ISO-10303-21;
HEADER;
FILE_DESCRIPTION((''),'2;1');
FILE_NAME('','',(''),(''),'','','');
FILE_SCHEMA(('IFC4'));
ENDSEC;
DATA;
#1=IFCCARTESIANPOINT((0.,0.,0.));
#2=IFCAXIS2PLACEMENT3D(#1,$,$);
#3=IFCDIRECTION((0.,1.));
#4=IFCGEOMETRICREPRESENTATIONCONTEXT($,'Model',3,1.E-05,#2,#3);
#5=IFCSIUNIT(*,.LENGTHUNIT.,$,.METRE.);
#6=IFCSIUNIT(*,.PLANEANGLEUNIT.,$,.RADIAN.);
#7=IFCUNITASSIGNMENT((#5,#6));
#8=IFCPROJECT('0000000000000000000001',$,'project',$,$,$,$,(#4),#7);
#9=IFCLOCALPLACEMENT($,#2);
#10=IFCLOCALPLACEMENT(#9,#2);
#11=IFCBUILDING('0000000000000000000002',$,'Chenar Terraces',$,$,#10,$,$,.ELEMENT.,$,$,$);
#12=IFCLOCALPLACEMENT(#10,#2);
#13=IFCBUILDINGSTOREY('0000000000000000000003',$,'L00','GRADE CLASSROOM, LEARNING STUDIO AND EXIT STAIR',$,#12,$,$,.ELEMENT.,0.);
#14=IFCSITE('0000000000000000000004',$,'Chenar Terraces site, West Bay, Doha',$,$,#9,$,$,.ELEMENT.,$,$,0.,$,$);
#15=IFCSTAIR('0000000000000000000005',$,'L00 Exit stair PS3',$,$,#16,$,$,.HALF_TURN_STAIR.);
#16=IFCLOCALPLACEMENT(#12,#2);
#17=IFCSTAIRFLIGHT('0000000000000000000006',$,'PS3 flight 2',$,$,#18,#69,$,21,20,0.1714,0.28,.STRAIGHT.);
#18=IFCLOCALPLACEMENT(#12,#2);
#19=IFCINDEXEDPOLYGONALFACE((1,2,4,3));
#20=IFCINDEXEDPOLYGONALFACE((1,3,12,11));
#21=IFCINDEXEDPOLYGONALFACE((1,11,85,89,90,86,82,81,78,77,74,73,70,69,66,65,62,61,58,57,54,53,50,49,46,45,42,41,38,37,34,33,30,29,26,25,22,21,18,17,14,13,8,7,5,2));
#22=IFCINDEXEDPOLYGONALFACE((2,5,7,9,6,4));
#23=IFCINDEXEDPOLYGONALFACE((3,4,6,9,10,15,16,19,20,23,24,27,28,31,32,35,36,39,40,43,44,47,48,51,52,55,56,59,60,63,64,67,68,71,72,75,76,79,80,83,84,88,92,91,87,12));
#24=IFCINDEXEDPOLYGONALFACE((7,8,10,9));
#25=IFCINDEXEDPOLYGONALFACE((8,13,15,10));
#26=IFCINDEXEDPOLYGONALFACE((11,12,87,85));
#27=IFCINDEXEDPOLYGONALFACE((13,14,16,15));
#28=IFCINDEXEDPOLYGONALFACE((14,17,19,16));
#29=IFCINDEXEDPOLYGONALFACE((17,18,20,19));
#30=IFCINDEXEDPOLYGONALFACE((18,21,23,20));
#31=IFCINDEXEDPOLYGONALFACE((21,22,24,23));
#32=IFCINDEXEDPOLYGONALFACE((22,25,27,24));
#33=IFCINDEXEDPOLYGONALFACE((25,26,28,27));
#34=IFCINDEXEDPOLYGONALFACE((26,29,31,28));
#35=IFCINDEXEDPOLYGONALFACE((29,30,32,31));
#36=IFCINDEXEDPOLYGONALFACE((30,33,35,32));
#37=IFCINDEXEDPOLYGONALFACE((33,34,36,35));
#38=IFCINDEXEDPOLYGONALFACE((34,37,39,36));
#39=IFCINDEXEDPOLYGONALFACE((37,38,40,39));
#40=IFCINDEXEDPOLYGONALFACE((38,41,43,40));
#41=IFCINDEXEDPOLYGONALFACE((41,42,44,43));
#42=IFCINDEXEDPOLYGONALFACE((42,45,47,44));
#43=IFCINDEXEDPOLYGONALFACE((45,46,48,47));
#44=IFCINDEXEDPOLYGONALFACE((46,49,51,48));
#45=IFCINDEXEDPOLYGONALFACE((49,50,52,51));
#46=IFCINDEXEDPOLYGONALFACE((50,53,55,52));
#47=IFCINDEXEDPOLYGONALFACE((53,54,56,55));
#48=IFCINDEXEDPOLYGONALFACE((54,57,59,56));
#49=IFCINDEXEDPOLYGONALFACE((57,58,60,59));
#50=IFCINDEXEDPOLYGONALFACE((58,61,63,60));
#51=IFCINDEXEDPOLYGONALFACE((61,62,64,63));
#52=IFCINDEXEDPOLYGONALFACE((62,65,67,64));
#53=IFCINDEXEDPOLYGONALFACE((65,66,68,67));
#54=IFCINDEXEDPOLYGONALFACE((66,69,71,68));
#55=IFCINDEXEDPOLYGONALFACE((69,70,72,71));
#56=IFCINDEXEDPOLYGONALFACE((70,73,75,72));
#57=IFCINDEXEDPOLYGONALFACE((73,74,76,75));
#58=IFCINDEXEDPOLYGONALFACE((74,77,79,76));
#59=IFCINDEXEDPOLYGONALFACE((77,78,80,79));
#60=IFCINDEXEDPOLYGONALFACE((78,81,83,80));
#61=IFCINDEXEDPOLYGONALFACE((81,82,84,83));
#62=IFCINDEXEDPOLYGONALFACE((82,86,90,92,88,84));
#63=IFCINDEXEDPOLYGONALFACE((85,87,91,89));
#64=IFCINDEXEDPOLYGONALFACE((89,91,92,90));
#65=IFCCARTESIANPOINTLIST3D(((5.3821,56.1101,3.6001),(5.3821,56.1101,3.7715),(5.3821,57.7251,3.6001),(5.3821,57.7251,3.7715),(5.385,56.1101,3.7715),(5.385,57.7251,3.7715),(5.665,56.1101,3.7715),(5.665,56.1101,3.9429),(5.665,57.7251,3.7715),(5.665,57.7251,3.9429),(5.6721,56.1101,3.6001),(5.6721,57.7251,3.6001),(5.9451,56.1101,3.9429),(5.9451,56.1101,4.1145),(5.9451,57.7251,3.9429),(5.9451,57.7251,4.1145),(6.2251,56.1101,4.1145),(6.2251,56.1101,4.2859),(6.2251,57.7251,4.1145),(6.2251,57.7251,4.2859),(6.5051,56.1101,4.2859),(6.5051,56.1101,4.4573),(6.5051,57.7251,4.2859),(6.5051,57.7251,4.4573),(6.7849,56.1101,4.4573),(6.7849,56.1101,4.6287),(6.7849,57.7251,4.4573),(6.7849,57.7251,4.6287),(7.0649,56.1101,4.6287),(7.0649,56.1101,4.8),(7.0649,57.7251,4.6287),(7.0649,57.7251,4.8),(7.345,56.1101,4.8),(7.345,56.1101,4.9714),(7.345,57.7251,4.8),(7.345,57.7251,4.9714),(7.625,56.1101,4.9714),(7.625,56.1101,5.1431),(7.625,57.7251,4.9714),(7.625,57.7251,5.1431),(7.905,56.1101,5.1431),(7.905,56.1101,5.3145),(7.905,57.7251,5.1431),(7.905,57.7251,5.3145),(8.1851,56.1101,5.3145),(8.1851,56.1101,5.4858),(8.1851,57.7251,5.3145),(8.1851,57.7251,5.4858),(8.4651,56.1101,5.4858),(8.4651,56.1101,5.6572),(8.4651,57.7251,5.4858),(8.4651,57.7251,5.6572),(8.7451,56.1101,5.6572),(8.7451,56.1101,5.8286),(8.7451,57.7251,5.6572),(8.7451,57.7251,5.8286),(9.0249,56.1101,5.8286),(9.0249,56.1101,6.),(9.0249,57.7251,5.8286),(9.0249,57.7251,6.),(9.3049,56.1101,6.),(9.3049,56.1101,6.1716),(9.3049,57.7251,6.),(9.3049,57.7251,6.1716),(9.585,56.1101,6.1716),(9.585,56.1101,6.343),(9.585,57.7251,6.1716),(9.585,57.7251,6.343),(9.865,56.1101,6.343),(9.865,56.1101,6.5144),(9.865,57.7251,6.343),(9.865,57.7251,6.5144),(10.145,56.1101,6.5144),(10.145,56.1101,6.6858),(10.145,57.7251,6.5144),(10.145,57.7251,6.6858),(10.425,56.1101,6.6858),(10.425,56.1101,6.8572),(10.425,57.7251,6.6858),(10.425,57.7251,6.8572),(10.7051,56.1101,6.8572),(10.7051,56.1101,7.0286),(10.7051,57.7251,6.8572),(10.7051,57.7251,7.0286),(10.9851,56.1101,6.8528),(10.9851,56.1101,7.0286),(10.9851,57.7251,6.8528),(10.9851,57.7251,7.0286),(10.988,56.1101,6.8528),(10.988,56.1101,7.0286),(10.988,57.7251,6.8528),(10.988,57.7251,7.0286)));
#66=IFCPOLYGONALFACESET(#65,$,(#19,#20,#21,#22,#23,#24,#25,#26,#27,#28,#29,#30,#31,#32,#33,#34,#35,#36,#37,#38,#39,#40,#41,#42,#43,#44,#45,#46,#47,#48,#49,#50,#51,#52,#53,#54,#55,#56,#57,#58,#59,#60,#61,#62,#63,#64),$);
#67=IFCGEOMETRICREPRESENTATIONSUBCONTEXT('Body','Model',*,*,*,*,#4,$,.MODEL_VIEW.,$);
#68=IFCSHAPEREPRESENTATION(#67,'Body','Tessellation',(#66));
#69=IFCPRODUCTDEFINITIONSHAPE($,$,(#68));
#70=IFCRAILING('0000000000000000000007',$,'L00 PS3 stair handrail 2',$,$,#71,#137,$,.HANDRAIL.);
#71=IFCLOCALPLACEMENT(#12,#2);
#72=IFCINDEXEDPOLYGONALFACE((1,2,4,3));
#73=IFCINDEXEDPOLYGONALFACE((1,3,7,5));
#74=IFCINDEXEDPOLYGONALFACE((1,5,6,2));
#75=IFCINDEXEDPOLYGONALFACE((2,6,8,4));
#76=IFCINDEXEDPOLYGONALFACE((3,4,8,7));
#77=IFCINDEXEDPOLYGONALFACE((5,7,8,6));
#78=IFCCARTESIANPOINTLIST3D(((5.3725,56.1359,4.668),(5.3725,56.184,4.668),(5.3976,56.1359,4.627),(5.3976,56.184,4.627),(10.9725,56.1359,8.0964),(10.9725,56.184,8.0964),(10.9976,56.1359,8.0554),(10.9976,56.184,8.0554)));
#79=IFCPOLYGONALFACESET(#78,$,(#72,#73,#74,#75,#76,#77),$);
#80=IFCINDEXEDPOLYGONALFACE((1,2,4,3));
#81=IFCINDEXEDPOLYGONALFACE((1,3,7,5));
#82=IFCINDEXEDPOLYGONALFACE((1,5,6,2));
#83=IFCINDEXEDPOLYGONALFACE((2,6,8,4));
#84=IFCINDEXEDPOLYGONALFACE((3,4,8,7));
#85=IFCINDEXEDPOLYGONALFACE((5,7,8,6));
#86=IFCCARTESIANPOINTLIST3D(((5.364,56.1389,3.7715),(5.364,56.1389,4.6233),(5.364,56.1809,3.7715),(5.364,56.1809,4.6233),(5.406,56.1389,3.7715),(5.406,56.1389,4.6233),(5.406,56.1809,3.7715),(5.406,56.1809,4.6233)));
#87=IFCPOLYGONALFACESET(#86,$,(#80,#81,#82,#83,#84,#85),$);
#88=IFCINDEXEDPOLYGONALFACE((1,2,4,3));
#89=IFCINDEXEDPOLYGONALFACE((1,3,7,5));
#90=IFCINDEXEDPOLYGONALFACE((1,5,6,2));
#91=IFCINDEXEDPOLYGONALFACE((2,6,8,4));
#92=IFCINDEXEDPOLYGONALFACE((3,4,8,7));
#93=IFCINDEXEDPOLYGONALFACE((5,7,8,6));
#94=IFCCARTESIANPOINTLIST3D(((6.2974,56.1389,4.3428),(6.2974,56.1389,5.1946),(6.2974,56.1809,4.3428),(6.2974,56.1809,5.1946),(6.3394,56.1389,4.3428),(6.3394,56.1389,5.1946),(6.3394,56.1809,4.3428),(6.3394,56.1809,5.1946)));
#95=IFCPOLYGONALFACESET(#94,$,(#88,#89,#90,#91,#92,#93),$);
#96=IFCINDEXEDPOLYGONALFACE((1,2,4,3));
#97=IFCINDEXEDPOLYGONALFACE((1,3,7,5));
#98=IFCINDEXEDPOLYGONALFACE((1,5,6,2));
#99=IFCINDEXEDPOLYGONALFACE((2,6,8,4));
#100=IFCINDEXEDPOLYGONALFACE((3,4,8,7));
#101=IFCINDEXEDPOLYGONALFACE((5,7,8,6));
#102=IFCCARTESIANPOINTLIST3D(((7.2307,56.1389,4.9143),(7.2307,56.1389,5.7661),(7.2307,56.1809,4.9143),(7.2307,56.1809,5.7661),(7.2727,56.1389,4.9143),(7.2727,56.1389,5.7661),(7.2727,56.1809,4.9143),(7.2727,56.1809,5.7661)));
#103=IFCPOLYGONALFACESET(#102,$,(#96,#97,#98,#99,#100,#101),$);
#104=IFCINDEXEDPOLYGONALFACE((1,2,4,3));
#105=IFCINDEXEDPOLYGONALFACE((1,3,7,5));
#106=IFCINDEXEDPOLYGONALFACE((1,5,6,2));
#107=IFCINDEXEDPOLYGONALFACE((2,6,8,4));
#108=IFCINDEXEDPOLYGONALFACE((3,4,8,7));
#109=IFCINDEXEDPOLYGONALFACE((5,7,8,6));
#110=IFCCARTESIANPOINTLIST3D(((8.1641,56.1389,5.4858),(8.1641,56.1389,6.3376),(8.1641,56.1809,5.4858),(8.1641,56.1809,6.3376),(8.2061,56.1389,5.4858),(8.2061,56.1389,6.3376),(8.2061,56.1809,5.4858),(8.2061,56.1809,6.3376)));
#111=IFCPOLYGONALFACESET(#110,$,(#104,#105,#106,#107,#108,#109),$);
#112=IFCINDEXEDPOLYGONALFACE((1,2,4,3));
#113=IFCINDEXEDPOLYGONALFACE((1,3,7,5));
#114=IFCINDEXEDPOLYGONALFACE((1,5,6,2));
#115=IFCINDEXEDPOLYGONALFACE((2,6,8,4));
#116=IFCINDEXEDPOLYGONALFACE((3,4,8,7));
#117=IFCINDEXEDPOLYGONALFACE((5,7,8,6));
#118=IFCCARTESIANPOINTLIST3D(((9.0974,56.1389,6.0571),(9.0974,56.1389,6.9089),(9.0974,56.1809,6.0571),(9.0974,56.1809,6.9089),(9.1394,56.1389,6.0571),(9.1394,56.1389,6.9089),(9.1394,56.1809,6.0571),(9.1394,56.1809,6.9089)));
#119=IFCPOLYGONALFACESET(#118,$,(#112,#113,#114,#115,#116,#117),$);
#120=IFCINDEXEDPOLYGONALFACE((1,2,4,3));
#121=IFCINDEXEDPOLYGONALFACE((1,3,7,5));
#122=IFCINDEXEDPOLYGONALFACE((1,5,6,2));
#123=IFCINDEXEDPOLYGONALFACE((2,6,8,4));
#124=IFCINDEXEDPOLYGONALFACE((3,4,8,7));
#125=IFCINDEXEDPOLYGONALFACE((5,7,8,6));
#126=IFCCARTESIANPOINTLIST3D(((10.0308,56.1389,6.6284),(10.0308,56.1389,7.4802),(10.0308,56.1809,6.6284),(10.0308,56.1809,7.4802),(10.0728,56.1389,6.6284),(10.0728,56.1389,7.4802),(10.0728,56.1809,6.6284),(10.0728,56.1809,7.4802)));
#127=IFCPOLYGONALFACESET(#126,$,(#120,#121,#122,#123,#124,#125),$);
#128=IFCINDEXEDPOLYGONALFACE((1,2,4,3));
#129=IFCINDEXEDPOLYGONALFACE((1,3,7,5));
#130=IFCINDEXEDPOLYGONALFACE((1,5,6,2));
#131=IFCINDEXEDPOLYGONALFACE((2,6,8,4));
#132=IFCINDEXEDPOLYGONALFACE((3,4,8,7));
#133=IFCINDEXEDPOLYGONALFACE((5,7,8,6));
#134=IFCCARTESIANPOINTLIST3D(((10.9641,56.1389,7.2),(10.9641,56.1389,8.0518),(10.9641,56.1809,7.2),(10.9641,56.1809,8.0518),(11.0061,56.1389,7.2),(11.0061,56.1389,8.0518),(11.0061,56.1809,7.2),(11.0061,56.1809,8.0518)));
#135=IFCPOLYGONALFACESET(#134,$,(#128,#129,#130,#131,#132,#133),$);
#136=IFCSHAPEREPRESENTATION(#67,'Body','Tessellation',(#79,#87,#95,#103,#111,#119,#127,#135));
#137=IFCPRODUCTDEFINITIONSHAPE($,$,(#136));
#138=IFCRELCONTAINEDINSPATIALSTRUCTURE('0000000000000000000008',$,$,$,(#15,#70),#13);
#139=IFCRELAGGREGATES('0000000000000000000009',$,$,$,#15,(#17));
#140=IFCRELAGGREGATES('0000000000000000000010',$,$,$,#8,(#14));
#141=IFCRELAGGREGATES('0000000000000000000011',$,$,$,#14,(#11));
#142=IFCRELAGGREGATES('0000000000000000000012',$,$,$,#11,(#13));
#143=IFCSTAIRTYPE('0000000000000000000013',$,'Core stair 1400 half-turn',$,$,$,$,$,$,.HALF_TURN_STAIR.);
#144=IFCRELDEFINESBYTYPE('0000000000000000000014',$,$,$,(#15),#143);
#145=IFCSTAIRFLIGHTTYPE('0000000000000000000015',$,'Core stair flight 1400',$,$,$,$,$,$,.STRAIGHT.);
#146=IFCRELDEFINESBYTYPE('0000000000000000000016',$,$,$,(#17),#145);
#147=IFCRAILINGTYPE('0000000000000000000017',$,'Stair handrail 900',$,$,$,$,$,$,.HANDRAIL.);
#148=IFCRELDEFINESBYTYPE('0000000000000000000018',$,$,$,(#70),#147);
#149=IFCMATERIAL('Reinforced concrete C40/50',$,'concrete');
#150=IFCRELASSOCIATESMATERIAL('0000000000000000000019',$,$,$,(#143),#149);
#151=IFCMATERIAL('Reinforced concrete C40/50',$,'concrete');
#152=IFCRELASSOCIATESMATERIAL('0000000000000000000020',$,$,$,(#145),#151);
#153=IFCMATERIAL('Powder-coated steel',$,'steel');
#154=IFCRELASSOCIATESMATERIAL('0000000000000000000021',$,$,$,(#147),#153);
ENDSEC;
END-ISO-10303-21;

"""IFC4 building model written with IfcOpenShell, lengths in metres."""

from ifc_helpers import new_model, si_unit, direction, frame, origin, origin_2d, place, context, subcontext, project, spatial, polyline, rectangle, outline, extrude, material, type_object, element, aggregate, save


model = new_model("IFC4")

# Units and contexts
model_context = context("Model", 3, precision=1e-05, world=origin(), true_north=direction((0.0, 1.0)))
body_context = subcontext(model_context, "Body", "Model", "MODEL_VIEW")
ifc_project = project(units=[si_unit("LENGTHUNIT", "METRE"), si_unit("PLANEANGLEUNIT", "RADIAN")], contexts=[model_context])

# Site, building, storey
site_placement = place(None, origin())
site = spatial("IfcSite", under=ifc_project, at=site_placement, Name="Chenar Terraces site, West Bay, Doha", CompositionType="ELEMENT", RefElevation=0.0)
building_placement = place(site_placement, origin())
building = spatial("IfcBuilding", under=site, at=building_placement, Name="Chenar Terraces", CompositionType="ELEMENT")
storey_placement = place(building_placement, origin())
storey = spatial("IfcBuildingStorey", under=building, at=storey_placement, Name="L00", Description="GRADE CLASSROOM, LEARNING STUDIO AND EXIT STAIR", CompositionType="ELEMENT", Elevation=0.0)

# Shared definitions
placement = place(storey_placement, origin())

# Stair, stair flight
ifc_material_1 = material(Name="Reinforced concrete C40/50", Category="concrete")
stair_type = type_object("IfcStairType", Name="Core stair 1400 half-turn", PredefinedType="HALF_TURN_STAIR", material=ifc_material_1)
stair = element("IfcStair", 1, at=placement, inside=storey, type_object=stair_type, Name="L00 Exit stair PS3", PredefinedType="HALF_TURN_STAIR")
ifc_material_2 = material(Name="Reinforced concrete C40/50", Category="concrete")
stair_flight_type = type_object("IfcStairFlightType", Name="Core stair flight 1400", PredefinedType="STRAIGHT", material=ifc_material_2)
stair_flight_placement = place(storey_placement, frame((5.385, 56.9175, 3.6001), z_axis=(0.0, 0.0, 1.0), x_axis=(1.0, 0.0, 0.0)))
stair_flight = element("IfcStairFlight", 2, at=stair_flight_placement, type_object=stair_flight_type, Name="PS3 flight 2", NumberOfRisers=21, NumberOfTreads=20, PredefinedType="STRAIGHT", RiserHeight=0.1714, TreadLength=0.28, context=body_context, shape_type="SweptSolid", body=[
    extrude(outline(polyline([(-0.0029, 0.0), (-0.0029, 0.1714), (0.0, 0.1714), (0.28, 0.1714), (0.28, 0.3428), (0.5601, 0.3428), (0.5601, 0.5144), (0.8401, 0.5144), (0.8401, 0.6858), (1.1201, 0.6858), (1.1201, 0.8572), (1.3999, 0.8572), (1.3999, 1.0286), (1.6799, 1.0286), (1.6799, 1.2), (1.96, 1.2), (1.96, 1.3713), (2.24, 1.3713), (2.24, 1.543), (2.52, 1.543), (2.52, 1.7144), (2.8, 1.7144), (2.8, 1.8857), (3.0801, 1.8857), (3.0801, 2.0571), (3.3601, 2.0571), (3.3601, 2.2285), (3.6399, 2.2285), (3.6399, 2.3999), (3.9199, 2.3999), (3.9199, 2.5715), (4.2, 2.5715), (4.2, 2.7429), (4.48, 2.7429), (4.48, 2.9143), (4.76, 2.9143), (4.76, 3.0857), (5.04, 3.0857), (5.04, 3.2571), (5.3201, 3.2571), (5.3201, 3.4285), (5.6001, 3.4285), (5.603, 3.4285), (5.603, 3.2527), (5.6001, 3.2527), (0.2871, 0.0), (-0.0029, 0.0)])), frame((0.0, 0.8076, 0.0), z_axis=(0.0, -1.0, 0.0), x_axis=(1.0, 0.0, 0.0)), (0.0, 0.0, 1.0), 1.615),
])
aggregate(stair, [stair_flight])

# Railing
ifc_material_3 = material(Name="Powder-coated steel", Category="steel")
railing_type = type_object("IfcRailingType", Name="Stair handrail 900", PredefinedType="HANDRAIL", material=ifc_material_3)
railing_placement = place(storey_placement, frame((5.385, 56.1599, 3.7715)))
element("IfcRailing", 3, at=railing_placement, inside=storey, type_object=railing_type, Name="L00 PS3 stair handrail 2", PredefinedType="HANDRAIL", context=body_context, shape_type="SweptSolid", body=[
    extrude(rectangle(XDim=0.0481, YDim=0.0481, at=origin_2d()), frame((0.0, 0.0, 0.876), z_axis=(0.852862, 0.0, 0.522136), x_axis=(0.0, 1.0, 0.0)), (0.0, 0.0, 1.0), 6.5662),
    extrude(rectangle(XDim=0.042, YDim=0.042, at=origin_2d()), origin(), (0.0, 0.0, 1.0), 0.8518),
    extrude(rectangle(XDim=0.042, YDim=0.042, at=origin_2d()), frame((0.9333, 0.0, 0.5713)), (0.0, 0.0, 1.0), 0.8518),
    extrude(rectangle(XDim=0.042, YDim=0.042, at=origin_2d()), frame((1.8667, 0.0, 1.1428)), (0.0, 0.0, 1.0), 0.8518),
    extrude(rectangle(XDim=0.042, YDim=0.042, at=origin_2d()), frame((2.8, 0.0, 1.7144)), (0.0, 0.0, 1.0), 0.8518),
    extrude(rectangle(XDim=0.042, YDim=0.042, at=origin_2d()), frame((3.7334, 0.0, 2.2856)), (0.0, 0.0, 1.0), 0.8518),
    extrude(rectangle(XDim=0.042, YDim=0.042, at=origin_2d()), frame((4.6667, 0.0, 2.8569)), (0.0, 0.0, 1.0), 0.8518),
    extrude(rectangle(XDim=0.042, YDim=0.042, at=origin_2d()), frame((5.6001, 0.0, 3.4285)), (0.0, 0.0, 1.0), 0.8518),
])

save(model, "model.ifc")
